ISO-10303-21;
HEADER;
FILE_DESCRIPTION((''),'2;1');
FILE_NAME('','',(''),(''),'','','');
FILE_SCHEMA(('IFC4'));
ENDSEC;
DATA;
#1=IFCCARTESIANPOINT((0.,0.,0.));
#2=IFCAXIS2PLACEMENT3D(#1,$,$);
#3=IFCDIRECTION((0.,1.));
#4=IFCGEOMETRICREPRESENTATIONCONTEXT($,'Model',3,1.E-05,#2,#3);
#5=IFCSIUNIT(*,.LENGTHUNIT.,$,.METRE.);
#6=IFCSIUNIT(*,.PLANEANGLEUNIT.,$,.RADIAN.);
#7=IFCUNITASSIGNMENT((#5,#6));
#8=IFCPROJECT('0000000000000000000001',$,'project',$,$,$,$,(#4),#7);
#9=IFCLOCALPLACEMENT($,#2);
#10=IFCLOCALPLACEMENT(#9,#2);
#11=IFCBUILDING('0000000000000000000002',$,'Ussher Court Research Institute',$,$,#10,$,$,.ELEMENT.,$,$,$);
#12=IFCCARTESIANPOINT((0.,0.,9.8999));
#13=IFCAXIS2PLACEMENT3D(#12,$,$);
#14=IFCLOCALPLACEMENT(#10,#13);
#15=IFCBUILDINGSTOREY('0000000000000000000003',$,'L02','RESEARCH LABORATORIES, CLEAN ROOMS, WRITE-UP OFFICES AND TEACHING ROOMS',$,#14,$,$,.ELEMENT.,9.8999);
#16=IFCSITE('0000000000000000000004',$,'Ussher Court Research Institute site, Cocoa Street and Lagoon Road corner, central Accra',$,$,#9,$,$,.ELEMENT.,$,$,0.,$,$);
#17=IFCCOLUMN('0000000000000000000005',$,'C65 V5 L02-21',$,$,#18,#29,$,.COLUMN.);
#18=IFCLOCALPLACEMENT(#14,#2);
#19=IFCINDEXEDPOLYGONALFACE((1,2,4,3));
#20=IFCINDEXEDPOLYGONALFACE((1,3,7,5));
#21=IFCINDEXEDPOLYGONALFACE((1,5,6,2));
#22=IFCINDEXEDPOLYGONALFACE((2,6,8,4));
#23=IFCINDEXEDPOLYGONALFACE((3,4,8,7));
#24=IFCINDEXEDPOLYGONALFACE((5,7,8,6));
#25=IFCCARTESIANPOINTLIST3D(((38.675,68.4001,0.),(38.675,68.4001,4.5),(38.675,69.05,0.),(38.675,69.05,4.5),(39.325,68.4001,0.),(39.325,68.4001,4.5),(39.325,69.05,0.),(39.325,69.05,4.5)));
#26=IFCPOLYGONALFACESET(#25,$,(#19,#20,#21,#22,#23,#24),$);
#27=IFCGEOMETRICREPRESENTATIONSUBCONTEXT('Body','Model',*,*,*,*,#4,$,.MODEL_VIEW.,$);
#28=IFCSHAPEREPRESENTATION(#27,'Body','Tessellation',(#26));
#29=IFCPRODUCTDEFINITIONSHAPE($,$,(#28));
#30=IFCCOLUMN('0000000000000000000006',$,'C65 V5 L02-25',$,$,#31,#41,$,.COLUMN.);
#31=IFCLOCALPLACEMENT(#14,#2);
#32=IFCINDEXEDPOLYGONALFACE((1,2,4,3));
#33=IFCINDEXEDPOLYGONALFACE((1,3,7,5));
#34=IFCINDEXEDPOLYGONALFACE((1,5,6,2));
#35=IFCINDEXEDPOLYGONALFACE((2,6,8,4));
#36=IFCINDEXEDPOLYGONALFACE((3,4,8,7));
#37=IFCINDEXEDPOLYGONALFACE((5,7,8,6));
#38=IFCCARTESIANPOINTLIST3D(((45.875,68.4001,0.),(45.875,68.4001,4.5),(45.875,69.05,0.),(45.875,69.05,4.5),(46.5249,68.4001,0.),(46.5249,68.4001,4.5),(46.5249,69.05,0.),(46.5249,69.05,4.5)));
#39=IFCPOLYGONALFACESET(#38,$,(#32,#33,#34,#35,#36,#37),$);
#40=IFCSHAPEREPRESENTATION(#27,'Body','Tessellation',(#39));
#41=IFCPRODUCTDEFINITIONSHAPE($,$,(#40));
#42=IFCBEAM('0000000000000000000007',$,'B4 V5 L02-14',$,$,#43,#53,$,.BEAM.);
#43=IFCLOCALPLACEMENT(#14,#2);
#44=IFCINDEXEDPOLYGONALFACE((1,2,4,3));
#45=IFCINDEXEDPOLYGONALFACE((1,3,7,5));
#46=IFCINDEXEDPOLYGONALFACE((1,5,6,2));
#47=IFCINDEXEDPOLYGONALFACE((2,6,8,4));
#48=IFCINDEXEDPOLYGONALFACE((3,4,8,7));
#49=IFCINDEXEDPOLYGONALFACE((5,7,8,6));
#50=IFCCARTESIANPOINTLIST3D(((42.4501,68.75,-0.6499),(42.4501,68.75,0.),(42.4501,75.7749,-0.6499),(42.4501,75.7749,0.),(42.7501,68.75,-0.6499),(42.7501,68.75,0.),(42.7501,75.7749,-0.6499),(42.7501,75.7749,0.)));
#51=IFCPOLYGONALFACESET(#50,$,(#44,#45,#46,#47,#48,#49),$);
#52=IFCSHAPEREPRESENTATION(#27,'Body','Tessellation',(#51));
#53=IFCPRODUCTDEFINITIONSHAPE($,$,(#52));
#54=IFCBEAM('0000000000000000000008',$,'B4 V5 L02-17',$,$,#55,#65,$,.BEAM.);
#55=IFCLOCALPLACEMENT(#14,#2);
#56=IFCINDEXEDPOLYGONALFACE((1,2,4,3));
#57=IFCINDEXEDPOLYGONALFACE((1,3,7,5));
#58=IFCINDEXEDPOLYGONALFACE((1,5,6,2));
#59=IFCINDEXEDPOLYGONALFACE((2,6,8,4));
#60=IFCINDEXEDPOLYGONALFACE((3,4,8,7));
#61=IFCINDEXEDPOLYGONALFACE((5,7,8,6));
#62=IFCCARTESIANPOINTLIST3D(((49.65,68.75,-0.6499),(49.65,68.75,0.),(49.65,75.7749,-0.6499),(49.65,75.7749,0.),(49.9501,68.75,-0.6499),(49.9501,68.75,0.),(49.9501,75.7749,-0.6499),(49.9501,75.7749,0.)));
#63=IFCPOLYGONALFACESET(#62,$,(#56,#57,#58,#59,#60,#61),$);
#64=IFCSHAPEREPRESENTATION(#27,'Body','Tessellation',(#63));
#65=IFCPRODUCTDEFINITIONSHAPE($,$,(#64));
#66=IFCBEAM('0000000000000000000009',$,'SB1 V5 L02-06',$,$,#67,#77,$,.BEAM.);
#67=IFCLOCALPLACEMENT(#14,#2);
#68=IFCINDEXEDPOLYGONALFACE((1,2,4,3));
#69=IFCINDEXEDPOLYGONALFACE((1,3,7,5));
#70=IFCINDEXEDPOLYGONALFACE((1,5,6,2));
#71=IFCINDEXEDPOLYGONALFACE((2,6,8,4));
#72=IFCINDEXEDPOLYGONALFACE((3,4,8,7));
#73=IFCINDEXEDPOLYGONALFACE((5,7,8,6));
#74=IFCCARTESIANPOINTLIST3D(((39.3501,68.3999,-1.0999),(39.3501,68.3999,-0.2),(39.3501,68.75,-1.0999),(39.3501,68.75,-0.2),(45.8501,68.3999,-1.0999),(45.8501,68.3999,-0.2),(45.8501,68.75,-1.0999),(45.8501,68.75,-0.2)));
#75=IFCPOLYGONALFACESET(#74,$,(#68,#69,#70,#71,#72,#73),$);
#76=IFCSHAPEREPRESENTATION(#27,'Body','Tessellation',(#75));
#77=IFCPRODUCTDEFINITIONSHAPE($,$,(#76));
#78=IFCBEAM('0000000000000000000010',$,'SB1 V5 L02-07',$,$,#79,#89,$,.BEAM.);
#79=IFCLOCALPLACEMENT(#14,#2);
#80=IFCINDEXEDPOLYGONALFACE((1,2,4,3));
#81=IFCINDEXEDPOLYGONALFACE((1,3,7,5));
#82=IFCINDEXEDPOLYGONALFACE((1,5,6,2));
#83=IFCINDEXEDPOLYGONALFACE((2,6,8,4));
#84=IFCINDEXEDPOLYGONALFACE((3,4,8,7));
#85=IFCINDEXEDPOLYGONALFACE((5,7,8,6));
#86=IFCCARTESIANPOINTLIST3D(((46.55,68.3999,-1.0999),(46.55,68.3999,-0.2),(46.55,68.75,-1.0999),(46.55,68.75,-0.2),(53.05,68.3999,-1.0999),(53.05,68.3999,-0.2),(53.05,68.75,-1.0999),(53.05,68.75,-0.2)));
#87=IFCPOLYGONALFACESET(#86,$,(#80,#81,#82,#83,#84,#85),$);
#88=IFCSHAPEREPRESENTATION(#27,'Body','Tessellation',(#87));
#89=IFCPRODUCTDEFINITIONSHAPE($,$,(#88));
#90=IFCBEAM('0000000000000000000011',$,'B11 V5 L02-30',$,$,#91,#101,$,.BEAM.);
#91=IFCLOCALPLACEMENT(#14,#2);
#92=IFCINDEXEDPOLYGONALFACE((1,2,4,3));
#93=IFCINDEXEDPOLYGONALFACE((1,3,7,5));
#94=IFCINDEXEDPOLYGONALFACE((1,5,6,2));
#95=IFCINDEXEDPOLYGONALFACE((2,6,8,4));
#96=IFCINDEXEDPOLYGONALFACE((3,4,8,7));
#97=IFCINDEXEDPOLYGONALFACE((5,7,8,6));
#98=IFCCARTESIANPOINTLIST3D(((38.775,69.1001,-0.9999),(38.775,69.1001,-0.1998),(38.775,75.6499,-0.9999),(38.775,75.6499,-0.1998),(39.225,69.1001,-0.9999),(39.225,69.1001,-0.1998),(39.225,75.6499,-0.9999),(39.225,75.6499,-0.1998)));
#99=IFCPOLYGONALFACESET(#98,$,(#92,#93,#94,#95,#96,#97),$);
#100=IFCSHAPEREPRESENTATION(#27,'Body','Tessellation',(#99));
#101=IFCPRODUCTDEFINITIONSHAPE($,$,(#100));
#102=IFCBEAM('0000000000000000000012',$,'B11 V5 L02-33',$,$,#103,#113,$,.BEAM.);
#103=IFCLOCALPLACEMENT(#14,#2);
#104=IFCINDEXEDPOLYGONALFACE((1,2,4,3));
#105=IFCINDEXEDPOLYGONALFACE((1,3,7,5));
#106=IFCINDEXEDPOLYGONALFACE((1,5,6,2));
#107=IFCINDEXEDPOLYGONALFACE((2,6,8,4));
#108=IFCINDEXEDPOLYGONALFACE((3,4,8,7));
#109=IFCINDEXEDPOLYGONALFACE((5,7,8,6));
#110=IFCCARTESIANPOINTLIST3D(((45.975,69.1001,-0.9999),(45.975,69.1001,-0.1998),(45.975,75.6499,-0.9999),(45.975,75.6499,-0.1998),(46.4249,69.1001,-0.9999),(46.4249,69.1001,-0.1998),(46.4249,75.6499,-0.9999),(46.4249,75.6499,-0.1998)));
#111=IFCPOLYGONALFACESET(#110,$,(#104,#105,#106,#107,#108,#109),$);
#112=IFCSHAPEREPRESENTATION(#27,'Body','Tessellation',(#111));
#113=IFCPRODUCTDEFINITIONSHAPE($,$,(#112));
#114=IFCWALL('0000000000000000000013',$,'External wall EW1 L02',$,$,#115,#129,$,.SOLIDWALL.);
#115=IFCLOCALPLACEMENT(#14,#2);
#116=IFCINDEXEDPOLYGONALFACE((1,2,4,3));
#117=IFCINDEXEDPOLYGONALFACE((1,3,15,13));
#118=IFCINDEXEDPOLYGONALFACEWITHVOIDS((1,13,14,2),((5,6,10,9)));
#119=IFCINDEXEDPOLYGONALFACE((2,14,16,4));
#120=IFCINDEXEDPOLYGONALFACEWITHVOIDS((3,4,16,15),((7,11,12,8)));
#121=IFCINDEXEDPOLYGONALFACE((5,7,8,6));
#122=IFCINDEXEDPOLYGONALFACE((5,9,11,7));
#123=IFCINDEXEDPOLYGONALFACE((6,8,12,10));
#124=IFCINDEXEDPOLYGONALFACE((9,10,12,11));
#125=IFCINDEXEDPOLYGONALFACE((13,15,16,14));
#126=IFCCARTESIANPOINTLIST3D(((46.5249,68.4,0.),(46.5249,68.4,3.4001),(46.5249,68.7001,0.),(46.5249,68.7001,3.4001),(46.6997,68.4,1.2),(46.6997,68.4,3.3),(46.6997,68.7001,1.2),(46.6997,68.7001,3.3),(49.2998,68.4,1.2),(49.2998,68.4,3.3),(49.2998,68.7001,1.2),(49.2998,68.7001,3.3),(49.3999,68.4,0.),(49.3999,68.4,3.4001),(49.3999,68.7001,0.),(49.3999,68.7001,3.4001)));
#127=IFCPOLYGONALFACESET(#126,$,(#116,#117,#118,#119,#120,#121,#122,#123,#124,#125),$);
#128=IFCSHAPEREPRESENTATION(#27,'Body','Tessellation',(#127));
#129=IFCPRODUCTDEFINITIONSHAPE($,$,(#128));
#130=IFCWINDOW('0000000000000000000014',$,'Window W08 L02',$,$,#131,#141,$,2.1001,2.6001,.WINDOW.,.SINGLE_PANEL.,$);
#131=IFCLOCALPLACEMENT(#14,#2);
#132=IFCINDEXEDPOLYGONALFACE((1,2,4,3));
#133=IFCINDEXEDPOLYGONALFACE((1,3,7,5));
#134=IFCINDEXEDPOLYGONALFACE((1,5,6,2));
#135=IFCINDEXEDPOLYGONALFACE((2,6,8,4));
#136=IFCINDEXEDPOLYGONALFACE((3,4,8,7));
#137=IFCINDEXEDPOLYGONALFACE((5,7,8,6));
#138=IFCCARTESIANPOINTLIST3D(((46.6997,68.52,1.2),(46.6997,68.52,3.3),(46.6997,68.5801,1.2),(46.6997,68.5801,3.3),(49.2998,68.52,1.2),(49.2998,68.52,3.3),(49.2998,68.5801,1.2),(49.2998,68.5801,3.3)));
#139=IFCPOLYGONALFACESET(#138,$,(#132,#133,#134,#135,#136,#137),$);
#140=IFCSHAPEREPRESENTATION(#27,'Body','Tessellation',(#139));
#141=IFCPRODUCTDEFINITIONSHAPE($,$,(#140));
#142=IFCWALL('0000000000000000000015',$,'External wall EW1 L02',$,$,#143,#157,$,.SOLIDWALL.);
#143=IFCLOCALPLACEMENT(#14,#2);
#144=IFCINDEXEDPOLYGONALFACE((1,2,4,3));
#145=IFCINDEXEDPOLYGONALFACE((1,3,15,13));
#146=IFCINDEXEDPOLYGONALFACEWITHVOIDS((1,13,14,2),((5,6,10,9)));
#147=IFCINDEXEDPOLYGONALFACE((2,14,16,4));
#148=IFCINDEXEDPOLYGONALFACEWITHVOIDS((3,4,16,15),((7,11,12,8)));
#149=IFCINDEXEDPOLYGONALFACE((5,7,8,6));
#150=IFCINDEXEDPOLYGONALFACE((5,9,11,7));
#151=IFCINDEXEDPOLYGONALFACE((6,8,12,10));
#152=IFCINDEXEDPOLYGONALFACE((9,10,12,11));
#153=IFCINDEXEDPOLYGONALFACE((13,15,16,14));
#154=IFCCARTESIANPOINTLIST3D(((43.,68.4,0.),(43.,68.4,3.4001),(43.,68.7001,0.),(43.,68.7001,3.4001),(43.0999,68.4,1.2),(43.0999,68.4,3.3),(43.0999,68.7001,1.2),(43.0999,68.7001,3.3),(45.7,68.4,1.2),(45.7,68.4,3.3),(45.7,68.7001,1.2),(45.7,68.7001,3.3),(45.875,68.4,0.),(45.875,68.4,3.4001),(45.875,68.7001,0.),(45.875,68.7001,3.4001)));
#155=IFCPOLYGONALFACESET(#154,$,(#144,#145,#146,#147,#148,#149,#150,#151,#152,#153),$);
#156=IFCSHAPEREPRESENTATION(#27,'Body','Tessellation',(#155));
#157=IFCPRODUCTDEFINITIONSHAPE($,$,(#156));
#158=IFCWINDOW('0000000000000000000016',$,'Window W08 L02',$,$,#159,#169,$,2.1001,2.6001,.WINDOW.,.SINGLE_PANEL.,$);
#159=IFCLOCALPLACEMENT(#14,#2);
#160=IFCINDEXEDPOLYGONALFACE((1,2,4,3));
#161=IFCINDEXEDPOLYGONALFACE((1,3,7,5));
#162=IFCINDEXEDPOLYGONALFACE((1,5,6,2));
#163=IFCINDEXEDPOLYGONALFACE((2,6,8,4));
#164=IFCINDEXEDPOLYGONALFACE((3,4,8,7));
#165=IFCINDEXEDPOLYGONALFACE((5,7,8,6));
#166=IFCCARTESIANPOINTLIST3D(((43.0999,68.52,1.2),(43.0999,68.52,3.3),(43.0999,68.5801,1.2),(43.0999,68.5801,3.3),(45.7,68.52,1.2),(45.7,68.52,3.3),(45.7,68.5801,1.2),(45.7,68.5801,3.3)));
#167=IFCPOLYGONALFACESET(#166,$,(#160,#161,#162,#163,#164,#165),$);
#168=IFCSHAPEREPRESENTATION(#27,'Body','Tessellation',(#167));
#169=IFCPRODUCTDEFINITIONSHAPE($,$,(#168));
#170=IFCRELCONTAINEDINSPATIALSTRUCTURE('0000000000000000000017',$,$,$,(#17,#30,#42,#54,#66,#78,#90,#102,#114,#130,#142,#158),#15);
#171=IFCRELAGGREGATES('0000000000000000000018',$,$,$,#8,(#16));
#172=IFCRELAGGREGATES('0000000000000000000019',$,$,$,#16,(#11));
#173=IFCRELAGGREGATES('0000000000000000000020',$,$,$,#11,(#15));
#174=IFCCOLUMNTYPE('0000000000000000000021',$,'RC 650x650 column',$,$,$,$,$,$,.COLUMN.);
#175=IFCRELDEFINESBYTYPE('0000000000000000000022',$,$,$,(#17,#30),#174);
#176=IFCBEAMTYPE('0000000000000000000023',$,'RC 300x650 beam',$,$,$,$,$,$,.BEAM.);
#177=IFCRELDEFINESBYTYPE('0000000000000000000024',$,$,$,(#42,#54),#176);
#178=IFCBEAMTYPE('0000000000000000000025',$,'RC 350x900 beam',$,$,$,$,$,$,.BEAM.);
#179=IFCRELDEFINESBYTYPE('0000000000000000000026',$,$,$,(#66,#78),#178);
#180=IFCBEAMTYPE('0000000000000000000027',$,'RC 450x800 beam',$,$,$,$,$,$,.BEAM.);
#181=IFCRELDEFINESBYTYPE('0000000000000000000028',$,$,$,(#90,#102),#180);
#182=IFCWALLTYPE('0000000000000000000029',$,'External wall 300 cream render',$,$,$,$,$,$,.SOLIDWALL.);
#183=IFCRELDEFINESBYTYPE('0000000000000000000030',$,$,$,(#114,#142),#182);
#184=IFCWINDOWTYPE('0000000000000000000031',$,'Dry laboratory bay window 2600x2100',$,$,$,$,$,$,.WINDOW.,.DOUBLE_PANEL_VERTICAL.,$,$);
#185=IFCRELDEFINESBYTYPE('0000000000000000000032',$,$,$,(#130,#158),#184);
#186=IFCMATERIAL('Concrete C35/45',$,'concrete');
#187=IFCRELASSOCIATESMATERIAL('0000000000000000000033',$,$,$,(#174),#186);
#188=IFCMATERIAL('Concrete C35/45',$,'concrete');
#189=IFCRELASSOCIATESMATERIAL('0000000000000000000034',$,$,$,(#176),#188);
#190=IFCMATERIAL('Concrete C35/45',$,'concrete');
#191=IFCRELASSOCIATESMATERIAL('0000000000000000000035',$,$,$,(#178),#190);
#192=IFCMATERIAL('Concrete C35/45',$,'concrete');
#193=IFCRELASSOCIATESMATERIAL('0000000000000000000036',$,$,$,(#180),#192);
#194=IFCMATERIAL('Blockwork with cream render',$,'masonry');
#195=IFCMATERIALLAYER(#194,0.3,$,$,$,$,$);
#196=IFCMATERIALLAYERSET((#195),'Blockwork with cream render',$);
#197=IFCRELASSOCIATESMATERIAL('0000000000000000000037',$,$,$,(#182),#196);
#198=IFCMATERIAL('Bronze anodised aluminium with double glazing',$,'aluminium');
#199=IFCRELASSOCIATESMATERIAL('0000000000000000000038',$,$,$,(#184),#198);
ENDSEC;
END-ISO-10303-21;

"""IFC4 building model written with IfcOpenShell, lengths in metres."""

from ifc_helpers import new_model, si_unit, direction, frame, frame_2d, origin, origin_2d, place, context, subcontext, project, spatial, rectangle, extrude, material, layer, layer_set, material_profile, profile_set, type_object, element, fill, save


model = new_model("IFC4")

# Units and contexts
model_context = context("Model", 3, precision=1e-05, world=origin(), true_north=direction((0.0, 1.0)))
body_context = subcontext(model_context, "Body", "Model", "MODEL_VIEW")
ifc_project = project(units=[si_unit("LENGTHUNIT", "METRE"), si_unit("PLANEANGLEUNIT", "RADIAN")], contexts=[model_context])

# Site, building, storey
site_placement = place(None, origin())
site = spatial("IfcSite", under=ifc_project, at=site_placement, Name="Ussher Court Research Institute site, Cocoa Street and Lagoon Road corner, central Accra", CompositionType="ELEMENT", RefElevation=0.0)
building_placement = place(site_placement, origin())
building = spatial("IfcBuilding", under=site, at=building_placement, Name="Ussher Court Research Institute", CompositionType="ELEMENT")
storey_placement = place(building_placement, frame((0.0, 0.0, 9.8999)))
storey = spatial("IfcBuildingStorey", under=building, at=storey_placement, Name="L02", Description="RESEARCH LABORATORIES, CLEAN ROOMS, WRITE-UP OFFICES AND TEACHING ROOMS", CompositionType="ELEMENT", Elevation=9.8999)

# Columns
ifc_material_1 = material(Name="Concrete C35/45", Category="concrete")
ifc_material_profile_1 = material_profile(ifc_material_1, rectangle(XDim=0.6499, YDim=0.6499, at=origin_2d()), Name="RC 650x650")
ifc_profile_set_1 = profile_set([ifc_material_profile_1], Name="Concrete C35/45")
column_type = type_object("IfcColumnType", Name="RC 650x650 column", PredefinedType="COLUMN", material=ifc_profile_set_1)
for number, where, z_axis, x_axis, name in (
    (1, (39.0, 68.7251, 0.0), (0.0, 0.0, 1.0), (1.0, 0.0, 0.0), "C65 V5 L02-21"),
    (2, (46.2, 68.7251, 0.0), (0.0, 0.0, 1.0), (1.0, 0.0, 0.0), "C65 V5 L02-25"),
):
    element("IfcColumn", number, at=place(storey_placement, frame(where, z_axis=z_axis, x_axis=x_axis)), inside=storey, type_object=column_type, Name=name, PredefinedType="COLUMN", context=body_context, shape_type="SweptSolid", body=[
        extrude(rectangle(XDim=0.6499, YDim=0.6499, at=origin_2d()), origin(), (0.0, 0.0, 1.0), 4.5),
    ])

# Beams
ifc_material_2 = material(Name="Concrete C35/45", Category="concrete")
ifc_material_profile_2 = material_profile(ifc_material_2, rectangle(XDim=0.3, YDim=0.6499, at=origin_2d()), Name="RC 300x650")
ifc_profile_set_2 = profile_set([ifc_material_profile_2], Name="Concrete C35/45")
beam_type_1 = type_object("IfcBeamType", Name="RC 300x650 beam", PredefinedType="BEAM", material=ifc_profile_set_2)
for number, where, z_axis, x_axis, name in (
    (3, (42.6001, 68.75, -0.325), (0.0, 1.0, 0.0), (-1.0, 0.0, 0.0), "B4 V5 L02-14"),
    (4, (49.8, 68.75, -0.325), (0.0, 1.0, 0.0), (-1.0, 0.0, 0.0), "B4 V5 L02-17"),
):
    element("IfcBeam", number, at=place(storey_placement, frame(where, z_axis=z_axis, x_axis=x_axis)), inside=storey, type_object=beam_type_1, Name=name, PredefinedType="BEAM", context=body_context, shape_type="SweptSolid", body=[
        extrude(rectangle(XDim=0.3, YDim=0.6499, at=origin_2d()), origin(), (0.0, 0.0, 1.0), 7.0249),
    ])
ifc_material_3 = material(Name="Concrete C35/45", Category="concrete")
ifc_material_profile_3 = material_profile(ifc_material_3, rectangle(XDim=0.3501, YDim=0.8999, at=origin_2d()), Name="RC 350x900")
ifc_profile_set_3 = profile_set([ifc_material_profile_3], Name="Concrete C35/45")
beam_type_2 = type_object("IfcBeamType", Name="RC 350x900 beam", PredefinedType="BEAM", material=ifc_profile_set_3)
for number, where, z_axis, x_axis, name in (
    (5, (39.3501, 68.575, -0.6499), (1.0, 0.0, 0.0), (0.0, 1.0, 0.0), "SB1 V5 L02-06"),
    (6, (46.55, 68.575, -0.6499), (1.0, 0.0, 0.0), (0.0, 1.0, 0.0), "SB1 V5 L02-07"),
):
    element("IfcBeam", number, at=place(storey_placement, frame(where, z_axis=z_axis, x_axis=x_axis)), inside=storey, type_object=beam_type_2, Name=name, PredefinedType="BEAM", context=body_context, shape_type="SweptSolid", body=[
        extrude(rectangle(XDim=0.3501, YDim=0.8999, at=origin_2d()), origin(), (0.0, 0.0, 1.0), 6.5),
    ])
ifc_material_4 = material(Name="Concrete C35/45", Category="concrete")
ifc_material_profile_4 = material_profile(ifc_material_4, rectangle(XDim=0.45, YDim=0.8, at=origin_2d()), Name="RC 450x800")
ifc_profile_set_4 = profile_set([ifc_material_profile_4], Name="Concrete C35/45")
beam_type_3 = type_object("IfcBeamType", Name="RC 450x800 beam", PredefinedType="BEAM", material=ifc_profile_set_4)
for number, where, z_axis, x_axis, name in (
    (7, (39.0, 69.1001, -0.5999), (0.0, 1.0, 0.0), (-1.0, 0.0, 0.0), "B11 V5 L02-30"),
    (8, (46.2, 69.1001, -0.5999), (0.0, 1.0, 0.0), (-1.0, 0.0, 0.0), "B11 V5 L02-33"),
):
    element("IfcBeam", number, at=place(storey_placement, frame(where, z_axis=z_axis, x_axis=x_axis)), inside=storey, type_object=beam_type_3, Name=name, PredefinedType="BEAM", context=body_context, shape_type="SweptSolid", body=[
        extrude(rectangle(XDim=0.45, YDim=0.8, at=origin_2d()), origin(), (0.0, 0.0, 1.0), 6.5498),
    ])

# Walls, openings, windows
ifc_material_5 = material(Name="Blockwork with cream render", Category="masonry")
ifc_layer_1 = layer(ifc_material_5, 0.3)
ifc_layer_set_1 = layer_set([ifc_layer_1], Name="Blockwork with cream render")
wall_type_1 = type_object("IfcWallType", Name="External wall 300 cream render", PredefinedType="SOLIDWALL", material=ifc_layer_set_1)
wall_1_placement = place(storey_placement, frame((49.3999, 68.55, 0.0), z_axis=(0.0, 0.0, 1.0), x_axis=(-1.0, 0.0, 0.0)))
wall_1 = element("IfcWall", 9, at=wall_1_placement, inside=storey, type_object=wall_type_1, Name="External wall EW1 L02", PredefinedType="SOLIDWALL", context=body_context, shape_type="SweptSolid", body=[
    extrude(rectangle(XDim=2.875, YDim=0.3, at=frame_2d((1.4375, 0.0))), origin(), (0.0, 0.0, 1.0), 3.4001),
])
opening_1_placement = place(wall_1_placement, frame((0.1001, 0.0, 1.2)))
opening_1 = element("IfcOpeningElement", 10, at=opening_1_placement, cuts=wall_1, PredefinedType="OPENING", context=body_context, shape_type="SweptSolid", body=[
    extrude(rectangle(XDim=2.6001, YDim=2.1001, at=frame_2d((1.3, 1.05))), frame((0.0, 0.1602, 0.0), z_axis=(0.0, -1.0, 0.0), x_axis=(1.0, 0.0, 0.0)), (0.0, 0.0, 1.0), 0.3201),
])
ifc_material_6 = material(Name="Bronze anodised aluminium with double glazing", Category="aluminium")
window_type = type_object("IfcWindowType", Name="Dry laboratory bay window 2600x2100", PartitioningType="DOUBLE_PANEL_VERTICAL", PredefinedType="WINDOW", material=ifc_material_6)
window_1_placement = place(opening_1_placement, origin())
window_1 = element("IfcWindow", 11, at=window_1_placement, inside=storey, type_object=window_type, Name="Window W08 L02", OverallHeight=2.1001, OverallWidth=2.6001, PartitioningType="SINGLE_PANEL", PredefinedType="WINDOW", context=body_context, shape_type="SweptSolid", body=[
    extrude(rectangle(XDim=2.6001, YDim=2.1001, at=frame_2d((1.3, 1.05))), frame((0.0, 0.03, 0.0), z_axis=(0.0, -1.0, 0.0), x_axis=(1.0, 0.0, 0.0)), (0.0, 0.0, 1.0), 0.0601),
])
fill(opening_1, window_1)
wall_2_placement = place(storey_placement, frame((45.875, 68.55, 0.0), z_axis=(0.0, 0.0, 1.0), x_axis=(-1.0, 0.0, 0.0)))
wall_2 = element("IfcWall", 12, at=wall_2_placement, inside=storey, type_object=wall_type_1, Name="External wall EW1 L02", PredefinedType="SOLIDWALL", context=body_context, shape_type="SweptSolid", body=[
    extrude(rectangle(XDim=2.875, YDim=0.3, at=frame_2d((1.4375, 0.0))), origin(), (0.0, 0.0, 1.0), 3.4001),
])
opening_2_placement = place(wall_2_placement, frame((0.175, 0.0, 1.2)))
opening_2 = element("IfcOpeningElement", 13, at=opening_2_placement, cuts=wall_2, PredefinedType="OPENING", context=body_context, shape_type="SweptSolid", body=[
    extrude(rectangle(XDim=2.6001, YDim=2.1001, at=frame_2d((1.3, 1.05))), frame((0.0, 0.1602, 0.0), z_axis=(0.0, -1.0, 0.0), x_axis=(1.0, 0.0, 0.0)), (0.0, 0.0, 1.0), 0.3201),
])
window_2_placement = place(opening_2_placement, origin())
window_2 = element("IfcWindow", 14, at=window_2_placement, inside=storey, type_object=window_type, Name="Window W08 L02", OverallHeight=2.1001, OverallWidth=2.6001, PartitioningType="SINGLE_PANEL", PredefinedType="WINDOW", context=body_context, shape_type="SweptSolid", body=[
    extrude(rectangle(XDim=2.6001, YDim=2.1001, at=frame_2d((1.3, 1.05))), frame((0.0, 0.03, 0.0), z_axis=(0.0, -1.0, 0.0), x_axis=(1.0, 0.0, 0.0)), (0.0, 0.0, 1.0), 0.0601),
])
fill(opening_2, window_2)

save(model, "model.ifc")
